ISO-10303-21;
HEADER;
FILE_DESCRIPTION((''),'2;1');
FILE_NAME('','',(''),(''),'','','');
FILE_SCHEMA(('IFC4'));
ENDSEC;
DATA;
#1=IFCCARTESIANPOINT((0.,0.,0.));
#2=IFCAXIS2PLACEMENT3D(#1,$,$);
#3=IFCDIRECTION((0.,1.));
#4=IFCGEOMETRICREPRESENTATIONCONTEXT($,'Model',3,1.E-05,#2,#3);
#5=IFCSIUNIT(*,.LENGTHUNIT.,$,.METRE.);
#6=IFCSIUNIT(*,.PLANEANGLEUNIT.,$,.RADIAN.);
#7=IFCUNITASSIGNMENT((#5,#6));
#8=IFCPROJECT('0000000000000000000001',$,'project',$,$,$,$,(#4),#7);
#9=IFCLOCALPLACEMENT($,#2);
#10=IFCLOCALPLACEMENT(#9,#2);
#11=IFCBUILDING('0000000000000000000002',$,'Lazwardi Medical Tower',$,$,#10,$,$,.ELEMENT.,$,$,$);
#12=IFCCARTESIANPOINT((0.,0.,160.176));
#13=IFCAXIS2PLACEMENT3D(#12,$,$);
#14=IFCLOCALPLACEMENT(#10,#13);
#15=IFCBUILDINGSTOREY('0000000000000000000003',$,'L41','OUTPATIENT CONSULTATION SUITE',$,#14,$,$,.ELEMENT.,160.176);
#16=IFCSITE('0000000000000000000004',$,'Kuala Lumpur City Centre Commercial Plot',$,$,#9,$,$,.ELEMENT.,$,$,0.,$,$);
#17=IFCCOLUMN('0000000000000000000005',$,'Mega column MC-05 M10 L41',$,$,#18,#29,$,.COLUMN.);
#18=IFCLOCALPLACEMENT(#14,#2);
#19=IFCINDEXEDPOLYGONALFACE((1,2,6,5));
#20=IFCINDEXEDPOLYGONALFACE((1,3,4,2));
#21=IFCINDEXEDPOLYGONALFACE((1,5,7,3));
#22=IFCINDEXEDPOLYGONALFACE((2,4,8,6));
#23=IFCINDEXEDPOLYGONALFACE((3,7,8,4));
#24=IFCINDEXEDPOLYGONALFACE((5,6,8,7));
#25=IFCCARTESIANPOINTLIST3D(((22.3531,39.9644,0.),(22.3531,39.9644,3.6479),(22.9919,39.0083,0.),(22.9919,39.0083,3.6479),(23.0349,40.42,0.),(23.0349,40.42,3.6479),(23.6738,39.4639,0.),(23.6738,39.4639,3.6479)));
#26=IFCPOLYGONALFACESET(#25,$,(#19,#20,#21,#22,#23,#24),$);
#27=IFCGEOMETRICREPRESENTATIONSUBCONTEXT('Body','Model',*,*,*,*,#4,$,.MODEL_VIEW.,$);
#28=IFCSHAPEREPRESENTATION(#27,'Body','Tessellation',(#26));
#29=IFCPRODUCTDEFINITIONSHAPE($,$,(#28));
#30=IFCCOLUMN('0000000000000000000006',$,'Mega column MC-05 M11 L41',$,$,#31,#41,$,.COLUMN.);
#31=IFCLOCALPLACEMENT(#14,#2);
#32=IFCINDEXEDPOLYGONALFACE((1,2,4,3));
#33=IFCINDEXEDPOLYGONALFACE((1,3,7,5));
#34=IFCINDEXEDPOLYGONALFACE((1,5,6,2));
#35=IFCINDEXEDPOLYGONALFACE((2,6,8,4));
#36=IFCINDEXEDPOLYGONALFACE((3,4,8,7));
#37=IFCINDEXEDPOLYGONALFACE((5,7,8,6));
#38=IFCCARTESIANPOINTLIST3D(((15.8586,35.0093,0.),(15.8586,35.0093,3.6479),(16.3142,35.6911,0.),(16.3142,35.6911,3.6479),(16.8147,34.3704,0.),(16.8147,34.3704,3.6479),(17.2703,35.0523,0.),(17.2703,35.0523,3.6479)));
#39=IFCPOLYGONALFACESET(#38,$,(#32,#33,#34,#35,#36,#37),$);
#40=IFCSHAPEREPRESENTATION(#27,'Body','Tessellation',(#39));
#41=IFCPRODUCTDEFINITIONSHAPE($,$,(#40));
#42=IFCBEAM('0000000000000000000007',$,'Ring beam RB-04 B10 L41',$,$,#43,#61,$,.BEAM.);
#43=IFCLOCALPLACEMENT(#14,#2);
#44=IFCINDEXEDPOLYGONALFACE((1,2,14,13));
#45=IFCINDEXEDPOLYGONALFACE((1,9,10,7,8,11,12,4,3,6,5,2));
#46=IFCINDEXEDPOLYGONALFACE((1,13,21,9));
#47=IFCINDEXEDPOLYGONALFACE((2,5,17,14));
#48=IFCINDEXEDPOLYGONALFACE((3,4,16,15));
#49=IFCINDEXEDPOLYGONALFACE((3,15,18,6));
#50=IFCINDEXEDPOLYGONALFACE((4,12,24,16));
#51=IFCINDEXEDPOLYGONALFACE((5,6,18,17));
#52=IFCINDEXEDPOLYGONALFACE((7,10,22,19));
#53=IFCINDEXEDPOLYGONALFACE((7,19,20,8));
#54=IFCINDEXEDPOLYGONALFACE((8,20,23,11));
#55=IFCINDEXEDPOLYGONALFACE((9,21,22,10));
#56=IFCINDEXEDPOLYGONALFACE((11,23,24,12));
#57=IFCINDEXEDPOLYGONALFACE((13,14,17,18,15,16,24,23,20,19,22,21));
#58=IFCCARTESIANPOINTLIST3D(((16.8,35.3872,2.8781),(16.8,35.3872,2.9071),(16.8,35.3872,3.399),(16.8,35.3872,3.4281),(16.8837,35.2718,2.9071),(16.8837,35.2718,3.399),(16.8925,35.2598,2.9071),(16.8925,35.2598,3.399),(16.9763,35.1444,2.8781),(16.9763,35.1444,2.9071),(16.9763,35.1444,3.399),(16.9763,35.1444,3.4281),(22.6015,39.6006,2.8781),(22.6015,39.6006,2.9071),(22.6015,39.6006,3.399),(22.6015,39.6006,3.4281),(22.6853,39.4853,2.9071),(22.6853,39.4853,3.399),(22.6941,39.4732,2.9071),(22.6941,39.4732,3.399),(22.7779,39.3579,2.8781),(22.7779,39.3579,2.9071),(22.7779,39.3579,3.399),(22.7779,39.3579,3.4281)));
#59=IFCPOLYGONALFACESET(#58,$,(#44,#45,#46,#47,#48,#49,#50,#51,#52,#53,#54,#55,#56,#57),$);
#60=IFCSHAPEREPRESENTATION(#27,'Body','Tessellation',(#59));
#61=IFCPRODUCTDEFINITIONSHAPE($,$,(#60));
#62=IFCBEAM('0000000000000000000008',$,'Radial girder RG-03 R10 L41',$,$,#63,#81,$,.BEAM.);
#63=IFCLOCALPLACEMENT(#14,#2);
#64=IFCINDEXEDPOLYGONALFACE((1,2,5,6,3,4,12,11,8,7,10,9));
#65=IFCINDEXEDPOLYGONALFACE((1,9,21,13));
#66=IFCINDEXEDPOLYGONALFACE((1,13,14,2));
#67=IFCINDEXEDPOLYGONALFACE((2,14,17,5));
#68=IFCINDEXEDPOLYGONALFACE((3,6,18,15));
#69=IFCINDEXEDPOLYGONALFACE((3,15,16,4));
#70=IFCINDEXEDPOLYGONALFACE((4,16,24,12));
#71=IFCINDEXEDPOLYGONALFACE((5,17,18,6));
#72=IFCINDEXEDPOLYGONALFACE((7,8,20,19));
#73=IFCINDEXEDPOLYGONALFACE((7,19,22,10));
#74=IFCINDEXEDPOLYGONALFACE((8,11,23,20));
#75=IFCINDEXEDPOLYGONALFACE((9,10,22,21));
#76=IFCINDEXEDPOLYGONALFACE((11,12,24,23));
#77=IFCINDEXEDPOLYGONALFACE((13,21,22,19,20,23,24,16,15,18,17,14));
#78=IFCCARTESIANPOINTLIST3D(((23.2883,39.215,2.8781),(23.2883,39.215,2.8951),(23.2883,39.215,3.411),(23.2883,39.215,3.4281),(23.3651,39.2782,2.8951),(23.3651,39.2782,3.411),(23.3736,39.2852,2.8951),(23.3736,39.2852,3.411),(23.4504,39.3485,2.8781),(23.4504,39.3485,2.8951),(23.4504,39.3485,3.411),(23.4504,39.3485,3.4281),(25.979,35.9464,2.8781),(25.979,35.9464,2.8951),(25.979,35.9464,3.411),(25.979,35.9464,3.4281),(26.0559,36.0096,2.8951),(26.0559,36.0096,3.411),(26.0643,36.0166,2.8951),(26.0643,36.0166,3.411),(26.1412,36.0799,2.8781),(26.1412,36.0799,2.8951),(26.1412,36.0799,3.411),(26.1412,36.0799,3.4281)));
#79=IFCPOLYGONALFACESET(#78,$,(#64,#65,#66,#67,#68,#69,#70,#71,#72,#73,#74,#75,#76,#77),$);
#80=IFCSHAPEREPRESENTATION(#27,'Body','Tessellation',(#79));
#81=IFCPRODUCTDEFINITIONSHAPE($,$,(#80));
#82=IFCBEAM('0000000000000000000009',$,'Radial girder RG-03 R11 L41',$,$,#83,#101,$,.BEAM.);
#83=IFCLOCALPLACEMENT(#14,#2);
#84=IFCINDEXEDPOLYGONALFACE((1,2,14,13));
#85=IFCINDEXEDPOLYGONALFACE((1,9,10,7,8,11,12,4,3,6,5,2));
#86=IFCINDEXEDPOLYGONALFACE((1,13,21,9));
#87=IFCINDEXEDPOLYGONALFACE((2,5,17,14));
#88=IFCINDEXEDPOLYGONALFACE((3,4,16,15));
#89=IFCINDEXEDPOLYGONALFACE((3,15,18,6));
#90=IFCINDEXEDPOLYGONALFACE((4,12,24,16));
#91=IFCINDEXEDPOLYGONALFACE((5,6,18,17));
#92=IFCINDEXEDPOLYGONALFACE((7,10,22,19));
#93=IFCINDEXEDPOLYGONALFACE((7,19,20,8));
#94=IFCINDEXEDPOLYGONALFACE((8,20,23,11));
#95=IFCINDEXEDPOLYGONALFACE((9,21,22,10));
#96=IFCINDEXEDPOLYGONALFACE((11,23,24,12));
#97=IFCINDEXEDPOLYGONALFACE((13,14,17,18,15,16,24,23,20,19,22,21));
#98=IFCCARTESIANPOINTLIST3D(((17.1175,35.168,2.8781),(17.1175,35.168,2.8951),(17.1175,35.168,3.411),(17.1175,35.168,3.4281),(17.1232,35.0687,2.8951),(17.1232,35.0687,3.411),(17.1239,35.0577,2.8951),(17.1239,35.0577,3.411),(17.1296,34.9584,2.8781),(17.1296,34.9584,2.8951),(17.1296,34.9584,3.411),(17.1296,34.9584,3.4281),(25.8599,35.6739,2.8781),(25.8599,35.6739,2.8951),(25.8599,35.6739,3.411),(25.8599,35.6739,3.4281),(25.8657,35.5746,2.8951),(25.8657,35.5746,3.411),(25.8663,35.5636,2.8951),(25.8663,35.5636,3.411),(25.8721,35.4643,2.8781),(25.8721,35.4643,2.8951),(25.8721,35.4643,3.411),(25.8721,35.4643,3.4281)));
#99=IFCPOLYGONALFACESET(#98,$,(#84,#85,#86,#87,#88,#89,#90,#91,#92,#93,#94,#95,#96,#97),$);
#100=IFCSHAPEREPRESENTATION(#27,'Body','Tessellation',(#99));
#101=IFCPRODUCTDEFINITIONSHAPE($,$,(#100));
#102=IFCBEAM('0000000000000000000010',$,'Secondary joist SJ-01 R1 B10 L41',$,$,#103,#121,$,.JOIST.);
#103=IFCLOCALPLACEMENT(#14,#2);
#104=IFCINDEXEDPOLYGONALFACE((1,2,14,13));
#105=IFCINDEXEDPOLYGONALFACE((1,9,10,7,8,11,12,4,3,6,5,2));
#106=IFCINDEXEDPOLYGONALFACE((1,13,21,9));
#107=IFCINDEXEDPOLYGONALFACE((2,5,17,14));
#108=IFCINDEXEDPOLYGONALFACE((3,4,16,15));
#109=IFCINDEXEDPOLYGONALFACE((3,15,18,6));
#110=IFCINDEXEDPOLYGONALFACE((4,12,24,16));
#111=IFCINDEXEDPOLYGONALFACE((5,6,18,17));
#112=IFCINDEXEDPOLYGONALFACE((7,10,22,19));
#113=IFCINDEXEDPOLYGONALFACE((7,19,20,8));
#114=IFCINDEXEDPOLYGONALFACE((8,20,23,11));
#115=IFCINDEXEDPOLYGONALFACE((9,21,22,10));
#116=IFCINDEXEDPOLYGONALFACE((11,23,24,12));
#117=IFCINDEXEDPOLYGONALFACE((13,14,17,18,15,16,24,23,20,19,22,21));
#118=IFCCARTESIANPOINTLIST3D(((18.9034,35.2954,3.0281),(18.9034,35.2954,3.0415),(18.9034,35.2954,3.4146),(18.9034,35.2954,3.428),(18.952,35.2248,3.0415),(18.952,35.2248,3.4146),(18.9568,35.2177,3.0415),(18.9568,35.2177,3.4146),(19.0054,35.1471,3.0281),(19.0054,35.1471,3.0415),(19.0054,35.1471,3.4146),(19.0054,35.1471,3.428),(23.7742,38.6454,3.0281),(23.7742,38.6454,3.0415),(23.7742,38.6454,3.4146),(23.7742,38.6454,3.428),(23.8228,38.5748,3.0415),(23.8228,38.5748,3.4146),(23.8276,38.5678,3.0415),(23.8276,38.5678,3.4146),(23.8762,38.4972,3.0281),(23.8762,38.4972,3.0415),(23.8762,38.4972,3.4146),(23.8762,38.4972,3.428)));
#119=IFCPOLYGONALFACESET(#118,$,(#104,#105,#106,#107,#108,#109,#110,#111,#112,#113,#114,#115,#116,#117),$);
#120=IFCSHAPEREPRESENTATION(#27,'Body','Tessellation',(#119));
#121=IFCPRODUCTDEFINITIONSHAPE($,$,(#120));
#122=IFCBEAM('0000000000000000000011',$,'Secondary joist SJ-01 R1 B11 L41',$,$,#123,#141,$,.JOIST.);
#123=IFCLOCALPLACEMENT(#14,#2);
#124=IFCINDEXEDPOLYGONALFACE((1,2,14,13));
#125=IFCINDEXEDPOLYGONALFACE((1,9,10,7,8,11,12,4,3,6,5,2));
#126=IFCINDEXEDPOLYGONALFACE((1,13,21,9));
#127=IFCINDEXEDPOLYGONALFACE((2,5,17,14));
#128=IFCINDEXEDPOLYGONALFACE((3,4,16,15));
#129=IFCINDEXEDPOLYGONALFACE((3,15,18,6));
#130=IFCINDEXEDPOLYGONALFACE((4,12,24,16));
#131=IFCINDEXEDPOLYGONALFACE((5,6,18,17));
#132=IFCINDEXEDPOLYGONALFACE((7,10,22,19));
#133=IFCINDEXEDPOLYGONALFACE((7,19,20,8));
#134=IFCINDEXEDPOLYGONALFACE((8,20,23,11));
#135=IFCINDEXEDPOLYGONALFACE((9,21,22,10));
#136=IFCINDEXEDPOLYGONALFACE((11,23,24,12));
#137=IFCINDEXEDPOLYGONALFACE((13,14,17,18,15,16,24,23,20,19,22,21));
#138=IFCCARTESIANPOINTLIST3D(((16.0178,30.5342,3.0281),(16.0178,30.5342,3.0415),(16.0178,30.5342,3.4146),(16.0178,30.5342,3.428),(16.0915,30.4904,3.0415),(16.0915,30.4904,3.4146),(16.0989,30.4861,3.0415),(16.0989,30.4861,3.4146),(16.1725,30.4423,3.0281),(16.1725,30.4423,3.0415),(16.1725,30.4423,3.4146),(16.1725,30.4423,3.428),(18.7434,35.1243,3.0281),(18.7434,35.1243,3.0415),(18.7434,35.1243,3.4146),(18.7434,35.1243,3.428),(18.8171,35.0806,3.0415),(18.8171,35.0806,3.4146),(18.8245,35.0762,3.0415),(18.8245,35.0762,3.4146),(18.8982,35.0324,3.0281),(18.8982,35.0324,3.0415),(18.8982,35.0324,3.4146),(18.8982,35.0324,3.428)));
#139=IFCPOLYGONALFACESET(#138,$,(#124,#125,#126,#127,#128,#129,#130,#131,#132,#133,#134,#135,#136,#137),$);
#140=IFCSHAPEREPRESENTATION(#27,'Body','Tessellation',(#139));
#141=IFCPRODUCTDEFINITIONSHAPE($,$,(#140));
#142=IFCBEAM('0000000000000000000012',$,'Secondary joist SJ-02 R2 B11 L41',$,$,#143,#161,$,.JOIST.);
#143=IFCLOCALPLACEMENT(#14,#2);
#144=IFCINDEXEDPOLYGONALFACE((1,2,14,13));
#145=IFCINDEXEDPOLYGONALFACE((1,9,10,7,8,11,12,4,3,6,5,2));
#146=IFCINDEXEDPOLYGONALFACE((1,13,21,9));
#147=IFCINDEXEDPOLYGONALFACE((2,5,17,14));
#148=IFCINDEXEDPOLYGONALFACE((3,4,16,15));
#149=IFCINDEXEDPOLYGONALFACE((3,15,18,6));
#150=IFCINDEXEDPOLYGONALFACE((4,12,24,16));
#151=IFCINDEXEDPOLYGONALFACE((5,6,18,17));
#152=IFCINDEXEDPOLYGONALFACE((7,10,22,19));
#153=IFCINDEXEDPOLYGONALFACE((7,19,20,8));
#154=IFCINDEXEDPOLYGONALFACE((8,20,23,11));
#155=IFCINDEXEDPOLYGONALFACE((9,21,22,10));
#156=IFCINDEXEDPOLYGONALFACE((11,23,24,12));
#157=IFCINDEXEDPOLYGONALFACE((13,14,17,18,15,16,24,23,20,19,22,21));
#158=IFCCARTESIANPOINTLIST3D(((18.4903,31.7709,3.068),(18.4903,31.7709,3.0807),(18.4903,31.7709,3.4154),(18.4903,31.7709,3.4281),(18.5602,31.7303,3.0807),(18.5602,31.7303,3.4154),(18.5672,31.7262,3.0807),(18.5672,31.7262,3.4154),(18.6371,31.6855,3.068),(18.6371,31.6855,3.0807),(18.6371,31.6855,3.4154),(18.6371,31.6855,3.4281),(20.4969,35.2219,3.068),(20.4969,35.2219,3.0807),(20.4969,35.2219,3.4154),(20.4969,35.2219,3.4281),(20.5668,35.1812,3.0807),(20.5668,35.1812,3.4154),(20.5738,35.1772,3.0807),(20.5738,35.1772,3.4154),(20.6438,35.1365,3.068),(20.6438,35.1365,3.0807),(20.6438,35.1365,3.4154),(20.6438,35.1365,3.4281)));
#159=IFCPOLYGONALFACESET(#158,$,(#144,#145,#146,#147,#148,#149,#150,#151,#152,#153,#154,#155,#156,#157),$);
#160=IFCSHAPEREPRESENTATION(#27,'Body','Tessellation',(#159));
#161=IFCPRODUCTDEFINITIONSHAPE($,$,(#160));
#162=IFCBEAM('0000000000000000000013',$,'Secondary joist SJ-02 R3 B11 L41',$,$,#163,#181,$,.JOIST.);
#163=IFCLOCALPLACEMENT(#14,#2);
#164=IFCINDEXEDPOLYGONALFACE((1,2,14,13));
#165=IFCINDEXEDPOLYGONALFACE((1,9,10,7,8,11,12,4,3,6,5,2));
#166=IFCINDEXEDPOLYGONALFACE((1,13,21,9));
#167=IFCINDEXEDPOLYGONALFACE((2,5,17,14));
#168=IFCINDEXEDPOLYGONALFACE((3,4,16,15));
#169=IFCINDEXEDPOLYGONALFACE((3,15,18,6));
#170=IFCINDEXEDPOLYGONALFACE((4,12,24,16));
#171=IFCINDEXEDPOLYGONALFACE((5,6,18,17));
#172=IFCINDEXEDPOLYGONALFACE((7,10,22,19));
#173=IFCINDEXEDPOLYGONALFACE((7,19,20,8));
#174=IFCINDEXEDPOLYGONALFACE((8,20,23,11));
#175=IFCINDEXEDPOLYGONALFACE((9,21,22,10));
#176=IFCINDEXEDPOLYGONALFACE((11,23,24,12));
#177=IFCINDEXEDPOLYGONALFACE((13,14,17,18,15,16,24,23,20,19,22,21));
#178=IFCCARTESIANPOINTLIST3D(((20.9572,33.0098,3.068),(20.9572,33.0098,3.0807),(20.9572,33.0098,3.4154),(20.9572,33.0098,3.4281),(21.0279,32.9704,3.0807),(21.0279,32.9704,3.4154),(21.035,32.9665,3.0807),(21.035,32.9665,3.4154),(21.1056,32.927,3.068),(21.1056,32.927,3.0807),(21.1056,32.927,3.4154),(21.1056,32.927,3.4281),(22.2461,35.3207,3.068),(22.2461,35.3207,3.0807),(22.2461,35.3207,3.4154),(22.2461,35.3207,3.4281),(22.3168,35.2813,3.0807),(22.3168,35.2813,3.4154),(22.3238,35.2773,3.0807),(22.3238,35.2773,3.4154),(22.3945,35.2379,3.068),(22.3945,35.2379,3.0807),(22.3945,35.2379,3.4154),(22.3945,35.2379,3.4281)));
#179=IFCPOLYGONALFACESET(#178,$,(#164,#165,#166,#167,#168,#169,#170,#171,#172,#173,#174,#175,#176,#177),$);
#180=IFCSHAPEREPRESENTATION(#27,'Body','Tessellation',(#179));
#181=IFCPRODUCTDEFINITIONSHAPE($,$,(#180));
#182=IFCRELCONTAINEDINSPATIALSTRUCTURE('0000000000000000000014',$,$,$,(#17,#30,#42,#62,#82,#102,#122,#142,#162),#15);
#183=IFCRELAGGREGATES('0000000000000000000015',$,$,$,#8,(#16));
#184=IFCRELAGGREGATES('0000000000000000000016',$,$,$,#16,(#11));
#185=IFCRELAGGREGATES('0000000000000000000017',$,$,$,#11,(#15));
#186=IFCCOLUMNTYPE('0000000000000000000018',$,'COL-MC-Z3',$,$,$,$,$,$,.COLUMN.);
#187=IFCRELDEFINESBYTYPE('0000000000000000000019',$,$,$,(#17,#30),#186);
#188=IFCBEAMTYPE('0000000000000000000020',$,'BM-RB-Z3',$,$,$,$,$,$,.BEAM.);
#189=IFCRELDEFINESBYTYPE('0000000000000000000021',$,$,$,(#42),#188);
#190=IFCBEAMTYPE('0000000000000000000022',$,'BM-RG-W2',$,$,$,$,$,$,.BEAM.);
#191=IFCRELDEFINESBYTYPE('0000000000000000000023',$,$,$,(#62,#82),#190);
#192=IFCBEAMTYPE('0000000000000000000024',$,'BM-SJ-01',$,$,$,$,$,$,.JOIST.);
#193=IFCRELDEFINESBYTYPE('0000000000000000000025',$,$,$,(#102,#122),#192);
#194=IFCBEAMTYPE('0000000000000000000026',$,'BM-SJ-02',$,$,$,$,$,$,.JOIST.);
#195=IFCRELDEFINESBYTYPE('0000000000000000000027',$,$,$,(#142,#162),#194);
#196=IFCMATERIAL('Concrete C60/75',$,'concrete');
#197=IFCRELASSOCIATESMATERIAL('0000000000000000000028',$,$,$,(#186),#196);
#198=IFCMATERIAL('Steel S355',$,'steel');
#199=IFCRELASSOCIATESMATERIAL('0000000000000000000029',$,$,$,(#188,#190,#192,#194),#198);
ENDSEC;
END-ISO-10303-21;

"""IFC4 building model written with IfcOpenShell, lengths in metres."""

from ifc_helpers import new_model, si_unit, direction, frame, origin, origin_2d, place, context, subcontext, project, spatial, rectangle, i_section, extrude, material, material_profile, profile_set, type_object, element, save


model = new_model("IFC4")

# Units and contexts
model_context = context("Model", 3, precision=1e-05, world=origin(), true_north=direction((0.0, 1.0)))
body_context = subcontext(model_context, "Body", "Model", "MODEL_VIEW")
ifc_project = project(units=[si_unit("LENGTHUNIT", "METRE"), si_unit("PLANEANGLEUNIT", "RADIAN")], contexts=[model_context])

# Site, building, storey
site_placement = place(None, origin())
site = spatial("IfcSite", under=ifc_project, at=site_placement, Name="Kuala Lumpur City Centre Commercial Plot", CompositionType="ELEMENT", RefElevation=0.0)
building_placement = place(site_placement, origin())
building = spatial("IfcBuilding", under=site, at=building_placement, Name="Lazwardi Medical Tower", CompositionType="ELEMENT")
storey_placement = place(building_placement, frame((0.0, 0.0, 160.176)))
storey = spatial("IfcBuildingStorey", under=building, at=storey_placement, Name="L41", Description="OUTPATIENT CONSULTATION SUITE", CompositionType="ELEMENT", Elevation=160.176)

# Columns
ifc_material_1 = material(Name="Concrete C60/75", Category="concrete")
ifc_material_profile_1 = material_profile(ifc_material_1, rectangle(XDim=1.1499, YDim=0.8201, at=origin_2d()), Name="CFT-RECT 1150x820")
ifc_profile_set_1 = profile_set([ifc_material_profile_1], Name="Concrete C60/75")
column_type = type_object("IfcColumnType", Name="COL-MC-Z3", PredefinedType="COLUMN", material=ifc_profile_set_1)
for number, where, z_axis, x_axis, name in (
    (1, (23.0134, 39.7141, 0.0), (0.0, 0.0, 1.0), (-0.55557, 0.83147, 0.0), "Mega column MC-05 M10 L41"),
    (2, (16.5645, 35.0308, 0.0), (0.0, 0.0, 1.0), (-0.83147, 0.55557, 0.0), "Mega column MC-05 M11 L41"),
):
    element("IfcColumn", number, at=place(storey_placement, frame(where, z_axis=z_axis, x_axis=x_axis)), inside=storey, type_object=column_type, Name=name, PredefinedType="COLUMN", context=body_context, shape_type="SweptSolid", body=[
        extrude(rectangle(XDim=1.1499, YDim=0.8201, at=origin_2d()), origin(), (0.0, 0.0, 1.0), 3.6479),
    ])

# Beams
ifc_material_2 = material(Name="Steel S355", Category="steel")
ifc_material_profile_2 = material_profile(ifc_material_2, i_section(OverallWidth=0.3, OverallDepth=0.55, WebThickness=0.0149, FlangeThickness=0.0291, at=origin_2d()), Name="HEB 550")
ifc_profile_set_2 = profile_set([ifc_material_profile_2], Name="Steel S355")
beam_type_1 = type_object("IfcBeamType", Name="BM-RB-Z3", PredefinedType="BEAM", material=ifc_profile_set_2)
beam_1_placement = place(storey_placement, frame((22.6897, 39.4792, 3.1531), z_axis=(-0.809128, -0.587633, 0.0), x_axis=(0.587633, -0.809128, 0.0)))
element("IfcBeam", 3, at=beam_1_placement, inside=storey, type_object=beam_type_1, Name="Ring beam RB-04 B10 L41", PredefinedType="BEAM", context=body_context, shape_type="SweptSolid", body=[
    extrude(i_section(OverallWidth=0.3, OverallDepth=0.55, WebThickness=0.0149, FlangeThickness=0.0291, at=origin_2d()), origin(), (0.0, 0.0, 1.0), 7.1702),
])
ifc_material_profile_3 = material_profile(ifc_material_2, i_section(OverallWidth=0.21, OverallDepth=0.55, WebThickness=0.011, FlangeThickness=0.0171, at=origin_2d()), Name="IPE 550")
ifc_profile_set_3 = profile_set([ifc_material_profile_3], Name="Steel S355")
beam_type_2 = type_object("IfcBeamType", Name="BM-RG-W2", PredefinedType="BEAM", material=ifc_profile_set_3)
beam_2_placement = place(storey_placement, frame((23.3694, 39.2817, 3.1531), z_axis=(0.635556, -0.772055, 0.0), x_axis=(0.772055, 0.635556, 0.0)))
element("IfcBeam", 4, at=beam_2_placement, inside=storey, type_object=beam_type_2, Name="Radial girder RG-03 R10 L41", PredefinedType="BEAM", context=body_context, shape_type="SweptSolid", body=[
    extrude(i_section(OverallWidth=0.21, OverallDepth=0.55, WebThickness=0.011, FlangeThickness=0.0171, at=origin_2d()), origin(), (0.0, 0.0, 1.0), 4.2336),
])
beam_3_placement = place(storey_placement, frame((17.1235, 35.0632, 3.1531), z_axis=(0.99833, 0.057766, 0.0), x_axis=(-0.057766, 0.99833, 0.0)))
element("IfcBeam", 5, at=beam_3_placement, inside=storey, type_object=beam_type_2, Name="Radial girder RG-03 R11 L41", PredefinedType="BEAM", context=body_context, shape_type="SweptSolid", body=[
    extrude(i_section(OverallWidth=0.21, OverallDepth=0.55, WebThickness=0.011, FlangeThickness=0.0171, at=origin_2d()), origin(), (0.0, 0.0, 1.0), 8.7571),
])
ifc_material_profile_4 = material_profile(ifc_material_2, i_section(OverallWidth=0.1799, OverallDepth=0.3999, WebThickness=0.0085, FlangeThickness=0.0134, at=origin_2d()), Name="IPE 400")
ifc_profile_set_4 = profile_set([ifc_material_profile_4], Name="Steel S355")
beam_type_3 = type_object("IfcBeamType", Name="BM-SJ-01", PredefinedType="JOIST", material=ifc_profile_set_4)
beam_4_placement = place(storey_placement, frame((23.8252, 38.5713, 3.228), z_axis=(-0.823932, -0.566688, 0.0), x_axis=(0.566688, -0.823932, 0.0)))
element("IfcBeam", 6, at=beam_4_placement, inside=storey, type_object=beam_type_3, Name="Secondary joist SJ-01 R1 B10 L41", PredefinedType="JOIST", context=body_context, shape_type="SweptSolid", body=[
    extrude(i_section(OverallWidth=0.1799, OverallDepth=0.3999, WebThickness=0.0085, FlangeThickness=0.0134, at=origin_2d()), origin(), (0.0, 0.0, 1.0), 5.9116),
])
beam_5_placement = place(storey_placement, frame((18.8208, 35.0784, 3.228), z_axis=(-0.510569, -0.859837, 0.0), x_axis=(0.859837, -0.510569, 0.0)))
element("IfcBeam", 7, at=beam_5_placement, inside=storey, type_object=beam_type_3, Name="Secondary joist SJ-01 R1 B11 L41", PredefinedType="JOIST", context=body_context, shape_type="SweptSolid", body=[
    extrude(i_section(OverallWidth=0.1799, OverallDepth=0.3999, WebThickness=0.0085, FlangeThickness=0.0134, at=origin_2d()), origin(), (0.0, 0.0, 1.0), 5.3384),
])
ifc_material_profile_5 = material_profile(ifc_material_2, i_section(OverallWidth=0.1699, OverallDepth=0.3601, WebThickness=0.0081, FlangeThickness=0.0127, at=origin_2d()), Name="IPE 360")
ifc_profile_set_5 = profile_set([ifc_material_profile_5], Name="Steel S355")
beam_type_4 = type_object("IfcBeamType", Name="BM-SJ-02", PredefinedType="JOIST", material=ifc_profile_set_5)
beam_6_placement = place(storey_placement, frame((20.5703, 35.1792, 3.248), z_axis=(-0.502665, -0.864481, 0.0), x_axis=(0.864481, -0.502665, 0.0)))
element("IfcBeam", 8, at=beam_6_placement, inside=storey, type_object=beam_type_4, Name="Secondary joist SJ-02 R2 B11 L41", PredefinedType="JOIST", context=body_context, shape_type="SweptSolid", body=[
    extrude(i_section(OverallWidth=0.1699, OverallDepth=0.3601, WebThickness=0.0081, FlangeThickness=0.0127, at=origin_2d()), origin(), (0.0, 0.0, 1.0), 3.9919),
])
beam_7_placement = place(storey_placement, frame((22.3203, 35.2793, 3.248), z_axis=(-0.487099, -0.873347, 0.0), x_axis=(0.873347, -0.487099, 0.0)))
element("IfcBeam", 9, at=beam_7_placement, inside=storey, type_object=beam_type_4, Name="Secondary joist SJ-02 R3 B11 L41", PredefinedType="JOIST", context=body_context, shape_type="SweptSolid", body=[
    extrude(i_section(OverallWidth=0.1699, OverallDepth=0.3601, WebThickness=0.0081, FlangeThickness=0.0127, at=origin_2d()), origin(), (0.0, 0.0, 1.0), 2.646),
])

save(model, "model.ifc")
